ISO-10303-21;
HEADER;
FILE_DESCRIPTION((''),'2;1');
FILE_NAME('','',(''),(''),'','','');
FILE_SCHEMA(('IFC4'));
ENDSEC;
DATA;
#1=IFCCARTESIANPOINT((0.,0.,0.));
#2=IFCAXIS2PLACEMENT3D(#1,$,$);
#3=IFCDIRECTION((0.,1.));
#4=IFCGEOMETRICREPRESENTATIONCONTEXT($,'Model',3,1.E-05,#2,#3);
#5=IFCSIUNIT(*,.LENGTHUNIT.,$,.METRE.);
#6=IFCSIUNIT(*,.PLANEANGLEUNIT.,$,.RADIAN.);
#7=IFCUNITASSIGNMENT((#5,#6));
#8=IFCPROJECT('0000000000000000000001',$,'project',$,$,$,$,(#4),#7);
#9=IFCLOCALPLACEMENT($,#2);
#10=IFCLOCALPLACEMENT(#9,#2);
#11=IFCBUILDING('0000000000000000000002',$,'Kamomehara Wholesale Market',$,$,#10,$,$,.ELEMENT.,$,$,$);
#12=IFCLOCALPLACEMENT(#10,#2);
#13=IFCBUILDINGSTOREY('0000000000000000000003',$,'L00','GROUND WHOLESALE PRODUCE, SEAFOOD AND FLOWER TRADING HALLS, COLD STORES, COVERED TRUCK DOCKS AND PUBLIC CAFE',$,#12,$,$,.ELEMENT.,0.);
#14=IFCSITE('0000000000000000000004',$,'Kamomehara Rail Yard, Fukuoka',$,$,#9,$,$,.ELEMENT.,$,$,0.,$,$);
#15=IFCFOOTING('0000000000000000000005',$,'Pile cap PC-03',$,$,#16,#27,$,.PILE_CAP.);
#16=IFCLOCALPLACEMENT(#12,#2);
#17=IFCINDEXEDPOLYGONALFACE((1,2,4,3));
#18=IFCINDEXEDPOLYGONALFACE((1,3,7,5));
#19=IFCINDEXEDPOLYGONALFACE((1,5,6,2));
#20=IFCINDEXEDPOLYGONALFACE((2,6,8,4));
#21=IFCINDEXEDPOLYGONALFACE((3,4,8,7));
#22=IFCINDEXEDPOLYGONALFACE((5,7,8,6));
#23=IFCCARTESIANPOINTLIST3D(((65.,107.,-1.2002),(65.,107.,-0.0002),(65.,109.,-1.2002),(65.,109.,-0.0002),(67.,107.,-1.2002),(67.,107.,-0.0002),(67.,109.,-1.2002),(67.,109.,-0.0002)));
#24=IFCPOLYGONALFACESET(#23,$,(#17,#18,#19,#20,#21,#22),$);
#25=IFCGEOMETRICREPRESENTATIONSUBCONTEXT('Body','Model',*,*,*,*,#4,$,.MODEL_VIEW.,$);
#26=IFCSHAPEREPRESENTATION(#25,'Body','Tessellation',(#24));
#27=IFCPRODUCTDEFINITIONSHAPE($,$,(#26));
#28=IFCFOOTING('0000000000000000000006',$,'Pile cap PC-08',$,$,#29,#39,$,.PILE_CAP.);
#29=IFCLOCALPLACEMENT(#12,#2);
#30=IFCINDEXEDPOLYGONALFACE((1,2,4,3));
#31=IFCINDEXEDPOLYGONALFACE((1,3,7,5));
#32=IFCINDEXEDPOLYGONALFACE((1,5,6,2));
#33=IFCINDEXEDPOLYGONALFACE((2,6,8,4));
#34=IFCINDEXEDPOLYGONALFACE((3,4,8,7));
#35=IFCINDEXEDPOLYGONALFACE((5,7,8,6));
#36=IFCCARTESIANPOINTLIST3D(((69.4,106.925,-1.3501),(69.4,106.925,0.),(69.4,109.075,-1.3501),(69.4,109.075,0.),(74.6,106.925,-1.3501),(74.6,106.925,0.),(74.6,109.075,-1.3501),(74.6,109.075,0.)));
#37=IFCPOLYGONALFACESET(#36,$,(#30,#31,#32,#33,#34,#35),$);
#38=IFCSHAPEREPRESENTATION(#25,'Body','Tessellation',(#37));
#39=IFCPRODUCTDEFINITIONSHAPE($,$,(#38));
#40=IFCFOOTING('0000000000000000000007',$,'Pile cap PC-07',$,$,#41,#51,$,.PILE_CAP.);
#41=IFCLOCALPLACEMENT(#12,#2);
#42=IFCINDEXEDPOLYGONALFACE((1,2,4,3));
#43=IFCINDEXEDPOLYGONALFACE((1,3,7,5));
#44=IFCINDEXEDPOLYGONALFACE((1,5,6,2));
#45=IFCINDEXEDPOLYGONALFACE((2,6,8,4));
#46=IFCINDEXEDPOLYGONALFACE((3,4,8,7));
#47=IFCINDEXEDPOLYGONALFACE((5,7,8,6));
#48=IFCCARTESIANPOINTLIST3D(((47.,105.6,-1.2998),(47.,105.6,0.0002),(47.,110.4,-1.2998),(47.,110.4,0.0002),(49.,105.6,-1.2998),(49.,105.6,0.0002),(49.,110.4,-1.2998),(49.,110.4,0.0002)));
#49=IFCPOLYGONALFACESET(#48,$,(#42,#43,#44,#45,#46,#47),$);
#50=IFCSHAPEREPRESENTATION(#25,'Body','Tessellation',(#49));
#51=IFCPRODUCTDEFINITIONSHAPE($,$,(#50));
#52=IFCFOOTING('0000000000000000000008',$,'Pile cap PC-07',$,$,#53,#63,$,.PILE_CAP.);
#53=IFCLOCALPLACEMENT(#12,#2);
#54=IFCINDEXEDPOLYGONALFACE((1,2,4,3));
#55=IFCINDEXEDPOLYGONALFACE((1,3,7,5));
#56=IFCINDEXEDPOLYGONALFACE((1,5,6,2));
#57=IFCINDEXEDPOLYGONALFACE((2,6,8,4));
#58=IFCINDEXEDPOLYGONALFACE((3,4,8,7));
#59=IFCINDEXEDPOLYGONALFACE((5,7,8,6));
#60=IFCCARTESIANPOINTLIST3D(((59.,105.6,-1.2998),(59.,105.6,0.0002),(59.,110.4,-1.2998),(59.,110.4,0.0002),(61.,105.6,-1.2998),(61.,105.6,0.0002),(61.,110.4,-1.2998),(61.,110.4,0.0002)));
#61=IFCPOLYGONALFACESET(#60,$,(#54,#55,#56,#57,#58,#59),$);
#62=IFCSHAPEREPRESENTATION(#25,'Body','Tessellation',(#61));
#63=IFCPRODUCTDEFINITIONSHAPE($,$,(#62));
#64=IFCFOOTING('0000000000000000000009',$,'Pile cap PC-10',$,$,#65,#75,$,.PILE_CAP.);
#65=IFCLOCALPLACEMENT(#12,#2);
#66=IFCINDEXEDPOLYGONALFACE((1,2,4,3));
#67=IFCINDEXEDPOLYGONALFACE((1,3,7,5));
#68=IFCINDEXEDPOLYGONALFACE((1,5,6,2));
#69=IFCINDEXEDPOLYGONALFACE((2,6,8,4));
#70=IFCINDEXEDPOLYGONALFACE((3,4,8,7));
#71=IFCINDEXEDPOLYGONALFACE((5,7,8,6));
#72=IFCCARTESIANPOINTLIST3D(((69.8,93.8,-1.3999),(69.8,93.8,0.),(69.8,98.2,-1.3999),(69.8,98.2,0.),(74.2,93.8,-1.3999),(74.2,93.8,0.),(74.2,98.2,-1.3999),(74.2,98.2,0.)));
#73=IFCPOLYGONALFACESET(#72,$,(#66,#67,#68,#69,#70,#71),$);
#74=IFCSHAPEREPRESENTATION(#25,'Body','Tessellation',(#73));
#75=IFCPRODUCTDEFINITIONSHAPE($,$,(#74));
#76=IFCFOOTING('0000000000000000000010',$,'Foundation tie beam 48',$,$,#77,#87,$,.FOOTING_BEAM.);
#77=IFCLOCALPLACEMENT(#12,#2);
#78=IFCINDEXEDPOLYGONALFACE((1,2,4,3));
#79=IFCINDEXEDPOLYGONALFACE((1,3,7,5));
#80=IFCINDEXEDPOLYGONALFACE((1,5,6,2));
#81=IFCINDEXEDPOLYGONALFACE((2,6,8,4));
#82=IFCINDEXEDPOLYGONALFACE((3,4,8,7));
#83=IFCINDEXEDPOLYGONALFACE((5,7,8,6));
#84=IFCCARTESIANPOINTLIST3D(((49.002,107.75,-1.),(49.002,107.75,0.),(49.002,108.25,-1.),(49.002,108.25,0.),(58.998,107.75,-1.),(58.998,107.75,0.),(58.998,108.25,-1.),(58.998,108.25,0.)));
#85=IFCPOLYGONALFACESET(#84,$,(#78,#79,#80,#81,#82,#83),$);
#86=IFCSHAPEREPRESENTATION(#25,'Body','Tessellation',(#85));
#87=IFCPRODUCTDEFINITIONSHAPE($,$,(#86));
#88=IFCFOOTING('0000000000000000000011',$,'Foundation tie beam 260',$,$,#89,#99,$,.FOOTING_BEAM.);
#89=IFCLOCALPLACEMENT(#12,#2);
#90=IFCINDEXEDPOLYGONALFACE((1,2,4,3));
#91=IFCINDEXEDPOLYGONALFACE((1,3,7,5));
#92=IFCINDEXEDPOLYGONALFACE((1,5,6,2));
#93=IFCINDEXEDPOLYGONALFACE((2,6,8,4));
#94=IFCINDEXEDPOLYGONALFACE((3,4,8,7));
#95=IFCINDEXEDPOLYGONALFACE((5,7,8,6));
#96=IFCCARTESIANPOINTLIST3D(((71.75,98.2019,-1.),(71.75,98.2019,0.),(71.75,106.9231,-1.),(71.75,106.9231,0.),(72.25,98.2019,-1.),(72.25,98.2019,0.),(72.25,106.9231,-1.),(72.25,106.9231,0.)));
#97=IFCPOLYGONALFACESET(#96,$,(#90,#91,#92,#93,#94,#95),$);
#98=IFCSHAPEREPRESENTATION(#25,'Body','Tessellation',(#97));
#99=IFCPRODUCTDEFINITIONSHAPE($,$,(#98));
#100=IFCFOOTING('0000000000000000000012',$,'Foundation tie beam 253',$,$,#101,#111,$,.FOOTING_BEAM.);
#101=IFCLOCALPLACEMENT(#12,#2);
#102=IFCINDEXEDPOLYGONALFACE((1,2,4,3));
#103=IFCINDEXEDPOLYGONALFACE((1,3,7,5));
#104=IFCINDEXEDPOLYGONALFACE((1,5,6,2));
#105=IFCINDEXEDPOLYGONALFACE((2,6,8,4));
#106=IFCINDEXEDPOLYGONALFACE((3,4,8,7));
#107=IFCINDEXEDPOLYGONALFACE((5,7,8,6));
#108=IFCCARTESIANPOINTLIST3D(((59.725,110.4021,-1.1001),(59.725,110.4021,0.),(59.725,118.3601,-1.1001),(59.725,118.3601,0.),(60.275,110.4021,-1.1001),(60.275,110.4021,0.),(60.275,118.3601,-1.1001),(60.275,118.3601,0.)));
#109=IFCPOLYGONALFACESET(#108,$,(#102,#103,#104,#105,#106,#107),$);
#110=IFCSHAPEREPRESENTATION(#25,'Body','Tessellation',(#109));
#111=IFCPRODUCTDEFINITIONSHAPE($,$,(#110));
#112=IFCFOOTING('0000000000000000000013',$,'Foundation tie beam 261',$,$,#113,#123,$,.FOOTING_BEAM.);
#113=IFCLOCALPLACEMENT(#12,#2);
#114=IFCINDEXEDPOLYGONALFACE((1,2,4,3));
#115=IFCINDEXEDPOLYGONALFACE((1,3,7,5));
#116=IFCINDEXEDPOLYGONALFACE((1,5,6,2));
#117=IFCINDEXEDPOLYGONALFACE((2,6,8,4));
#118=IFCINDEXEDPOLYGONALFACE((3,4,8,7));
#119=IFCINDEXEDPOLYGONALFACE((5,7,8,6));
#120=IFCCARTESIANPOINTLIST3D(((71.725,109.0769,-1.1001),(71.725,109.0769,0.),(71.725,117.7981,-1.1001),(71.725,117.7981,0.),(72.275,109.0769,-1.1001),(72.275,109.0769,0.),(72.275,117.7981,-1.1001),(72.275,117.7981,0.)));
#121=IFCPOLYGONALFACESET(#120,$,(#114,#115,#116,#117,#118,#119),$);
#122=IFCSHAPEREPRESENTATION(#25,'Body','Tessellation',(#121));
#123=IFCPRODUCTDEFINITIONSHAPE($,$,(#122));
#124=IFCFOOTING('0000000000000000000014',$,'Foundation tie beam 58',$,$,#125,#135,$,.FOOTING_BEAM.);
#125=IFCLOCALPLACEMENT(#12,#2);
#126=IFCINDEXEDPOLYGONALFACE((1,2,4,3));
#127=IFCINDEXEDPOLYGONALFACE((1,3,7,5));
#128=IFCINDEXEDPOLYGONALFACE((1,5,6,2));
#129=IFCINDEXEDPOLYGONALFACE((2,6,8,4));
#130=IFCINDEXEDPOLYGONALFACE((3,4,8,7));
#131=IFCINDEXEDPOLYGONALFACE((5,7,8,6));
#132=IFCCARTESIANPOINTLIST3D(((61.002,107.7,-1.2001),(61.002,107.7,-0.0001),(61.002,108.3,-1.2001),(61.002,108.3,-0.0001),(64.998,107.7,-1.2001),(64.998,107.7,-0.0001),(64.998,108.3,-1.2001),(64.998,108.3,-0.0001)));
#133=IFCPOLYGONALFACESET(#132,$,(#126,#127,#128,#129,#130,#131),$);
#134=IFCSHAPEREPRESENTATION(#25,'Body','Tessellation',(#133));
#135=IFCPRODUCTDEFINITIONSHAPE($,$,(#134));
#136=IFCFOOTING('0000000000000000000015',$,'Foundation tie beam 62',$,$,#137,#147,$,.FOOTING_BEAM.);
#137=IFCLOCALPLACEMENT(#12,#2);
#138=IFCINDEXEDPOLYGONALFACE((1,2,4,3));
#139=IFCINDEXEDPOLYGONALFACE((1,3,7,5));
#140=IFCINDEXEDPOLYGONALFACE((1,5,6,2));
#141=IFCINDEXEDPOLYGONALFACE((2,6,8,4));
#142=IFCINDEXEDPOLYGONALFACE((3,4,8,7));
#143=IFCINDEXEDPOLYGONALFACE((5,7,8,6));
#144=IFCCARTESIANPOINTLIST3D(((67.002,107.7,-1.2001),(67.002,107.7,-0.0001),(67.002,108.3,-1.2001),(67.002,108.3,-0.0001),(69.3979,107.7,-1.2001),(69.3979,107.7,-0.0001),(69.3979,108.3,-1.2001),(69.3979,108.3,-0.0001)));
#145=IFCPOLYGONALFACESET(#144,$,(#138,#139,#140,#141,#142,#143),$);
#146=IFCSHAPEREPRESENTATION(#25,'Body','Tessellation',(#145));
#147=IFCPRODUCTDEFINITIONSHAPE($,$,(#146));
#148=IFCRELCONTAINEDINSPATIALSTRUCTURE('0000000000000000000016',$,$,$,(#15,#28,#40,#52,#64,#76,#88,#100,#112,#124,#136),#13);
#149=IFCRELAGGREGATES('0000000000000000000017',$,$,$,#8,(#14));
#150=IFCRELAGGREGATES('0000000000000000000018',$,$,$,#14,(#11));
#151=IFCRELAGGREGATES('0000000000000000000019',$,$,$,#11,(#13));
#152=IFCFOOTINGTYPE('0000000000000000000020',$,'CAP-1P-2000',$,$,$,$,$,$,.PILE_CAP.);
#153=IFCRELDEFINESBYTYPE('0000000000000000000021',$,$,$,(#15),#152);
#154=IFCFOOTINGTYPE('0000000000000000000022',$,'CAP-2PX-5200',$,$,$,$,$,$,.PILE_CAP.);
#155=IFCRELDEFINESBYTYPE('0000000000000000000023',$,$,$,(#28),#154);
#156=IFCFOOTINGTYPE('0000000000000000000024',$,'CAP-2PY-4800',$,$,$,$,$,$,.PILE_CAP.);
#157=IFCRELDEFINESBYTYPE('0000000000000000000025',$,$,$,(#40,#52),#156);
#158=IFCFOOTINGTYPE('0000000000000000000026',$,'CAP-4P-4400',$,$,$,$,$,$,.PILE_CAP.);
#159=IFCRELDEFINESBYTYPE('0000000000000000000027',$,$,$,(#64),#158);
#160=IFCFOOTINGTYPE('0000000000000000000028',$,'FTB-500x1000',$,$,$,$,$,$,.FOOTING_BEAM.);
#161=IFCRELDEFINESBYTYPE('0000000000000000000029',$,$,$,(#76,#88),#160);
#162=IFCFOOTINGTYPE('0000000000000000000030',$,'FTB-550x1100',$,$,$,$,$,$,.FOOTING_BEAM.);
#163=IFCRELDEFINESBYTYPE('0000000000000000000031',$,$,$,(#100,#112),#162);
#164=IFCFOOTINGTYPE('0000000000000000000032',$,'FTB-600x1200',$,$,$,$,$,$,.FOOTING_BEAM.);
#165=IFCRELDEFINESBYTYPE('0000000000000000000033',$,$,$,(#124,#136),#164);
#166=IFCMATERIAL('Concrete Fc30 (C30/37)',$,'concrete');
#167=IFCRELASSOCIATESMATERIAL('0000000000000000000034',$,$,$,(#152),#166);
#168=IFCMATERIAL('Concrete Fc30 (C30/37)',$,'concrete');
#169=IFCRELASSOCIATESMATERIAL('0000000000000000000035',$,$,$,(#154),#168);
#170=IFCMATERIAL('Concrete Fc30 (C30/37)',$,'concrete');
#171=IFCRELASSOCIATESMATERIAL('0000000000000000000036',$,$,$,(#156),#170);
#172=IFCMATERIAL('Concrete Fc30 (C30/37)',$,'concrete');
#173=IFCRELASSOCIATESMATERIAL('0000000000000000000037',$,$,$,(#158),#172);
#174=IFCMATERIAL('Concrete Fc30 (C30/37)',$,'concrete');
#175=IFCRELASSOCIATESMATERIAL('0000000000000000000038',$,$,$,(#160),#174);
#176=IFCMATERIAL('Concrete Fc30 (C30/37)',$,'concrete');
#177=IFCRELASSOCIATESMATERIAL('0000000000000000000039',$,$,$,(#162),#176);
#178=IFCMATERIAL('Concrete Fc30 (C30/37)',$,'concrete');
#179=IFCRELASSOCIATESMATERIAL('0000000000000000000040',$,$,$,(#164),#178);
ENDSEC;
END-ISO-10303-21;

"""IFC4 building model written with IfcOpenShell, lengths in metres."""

from ifc_helpers import new_model, si_unit, direction, frame, origin, origin_2d, place, context, subcontext, project, spatial, rectangle, extrude, material, material_profile, profile_set, type_object, element, save


model = new_model("IFC4")

# Units and contexts
model_context = context("Model", 3, precision=1e-05, world=origin(), true_north=direction((0.0, 1.0)))
body_context = subcontext(model_context, "Body", "Model", "MODEL_VIEW")
ifc_project = project(units=[si_unit("LENGTHUNIT", "METRE"), si_unit("PLANEANGLEUNIT", "RADIAN")], contexts=[model_context])

# Site, building, storey
site_placement = place(None, origin())
site = spatial("IfcSite", under=ifc_project, at=site_placement, Name="Kamomehara Rail Yard, Fukuoka", CompositionType="ELEMENT", RefElevation=0.0)
building_placement = place(site_placement, origin())
building = spatial("IfcBuilding", under=site, at=building_placement, Name="Kamomehara Wholesale Market", CompositionType="ELEMENT")
storey_placement = place(building_placement, origin())
storey = spatial("IfcBuildingStorey", under=building, at=storey_placement, Name="L00", Description="GROUND WHOLESALE PRODUCE, SEAFOOD AND FLOWER TRADING HALLS, COLD STORES, COVERED TRUCK DOCKS AND PUBLIC CAFE", CompositionType="ELEMENT", Elevation=0.0)

# Footings
ifc_material_1 = material(Name="Concrete Fc30 (C30/37)", Category="concrete")
footing_type_1 = type_object("IfcFootingType", Name="CAP-1P-2000", PredefinedType="PILE_CAP", material=ifc_material_1)
footing_1_placement = place(storey_placement, frame((66.0, 108.0, -1.2002), z_axis=(0.0, 0.0, 1.0), x_axis=(1.0, 0.0, 0.0)))
element("IfcFooting", 1, at=footing_1_placement, inside=storey, type_object=footing_type_1, Name="Pile cap PC-03", PredefinedType="PILE_CAP", context=body_context, shape_type="SweptSolid", body=[
    extrude(rectangle(XDim=2.0, YDim=2.0, at=origin_2d()), origin(), (0.0, 0.0, 1.0), 1.2),
])
ifc_material_2 = material(Name="Concrete Fc30 (C30/37)", Category="concrete")
footing_type_2 = type_object("IfcFootingType", Name="CAP-2PX-5200", PredefinedType="PILE_CAP", material=ifc_material_2)
footing_2_placement = place(storey_placement, frame((72.0, 108.0, -1.3501), z_axis=(0.0, 0.0, 1.0), x_axis=(1.0, 0.0, 0.0)))
element("IfcFooting", 2, at=footing_2_placement, inside=storey, type_object=footing_type_2, Name="Pile cap PC-08", PredefinedType="PILE_CAP", context=body_context, shape_type="SweptSolid", body=[
    extrude(rectangle(XDim=5.2, YDim=2.1499, at=origin_2d()), origin(), (0.0, 0.0, 1.0), 1.3501),
])
ifc_material_3 = material(Name="Concrete Fc30 (C30/37)", Category="concrete")
footing_type_3 = type_object("IfcFootingType", Name="CAP-2PY-4800", PredefinedType="PILE_CAP", material=ifc_material_3)
for number, where, z_axis, x_axis, name in (
    (3, (48.0, 108.0, -1.2998), (0.0, 0.0, 1.0), (1.0, 0.0, 0.0), "Pile cap PC-07"),
    (4, (60.0, 108.0, -1.2998), (0.0, 0.0, 1.0), (1.0, 0.0, 0.0), "Pile cap PC-07"),
):
    element("IfcFooting", number, at=place(storey_placement, frame(where, z_axis=z_axis, x_axis=x_axis)), inside=storey, type_object=footing_type_3, Name=name, PredefinedType="PILE_CAP", context=body_context, shape_type="SweptSolid", body=[
        extrude(rectangle(XDim=2.0, YDim=4.8, at=origin_2d()), origin(), (0.0, 0.0, 1.0), 1.3),
    ])
ifc_material_4 = material(Name="Concrete Fc30 (C30/37)", Category="concrete")
footing_type_4 = type_object("IfcFootingType", Name="CAP-4P-4400", PredefinedType="PILE_CAP", material=ifc_material_4)
footing_3_placement = place(storey_placement, frame((72.0, 96.0, -1.3999), z_axis=(0.0, 0.0, 1.0), x_axis=(1.0, 0.0, 0.0)))
element("IfcFooting", 5, at=footing_3_placement, inside=storey, type_object=footing_type_4, Name="Pile cap PC-10", PredefinedType="PILE_CAP", context=body_context, shape_type="SweptSolid", body=[
    extrude(rectangle(XDim=4.3999, YDim=4.3999, at=origin_2d()), origin(), (0.0, 0.0, 1.0), 1.3999),
])
ifc_material_5 = material(Name="Concrete Fc30 (C30/37)", Category="concrete")
ifc_material_profile_1 = material_profile(ifc_material_5, rectangle(XDim=0.5, YDim=1.0, at=origin_2d()), Name="RC-FTB-500x1000")
ifc_profile_set_1 = profile_set([ifc_material_profile_1], Name="Concrete Fc30 (C30/37)")
footing_type_5 = type_object("IfcFootingType", Name="FTB-500x1000", PredefinedType="FOOTING_BEAM", material=ifc_profile_set_1)
footing_4_placement = place(storey_placement, frame((49.002, 108.0, -0.5), z_axis=(1.0, 0.0, 0.0), x_axis=(0.0, 1.0, 0.0)))
element("IfcFooting", 6, at=footing_4_placement, inside=storey, type_object=footing_type_5, Name="Foundation tie beam 48", PredefinedType="FOOTING_BEAM", context=body_context, shape_type="SweptSolid", body=[
    extrude(rectangle(XDim=0.5, YDim=1.0, at=origin_2d()), origin(), (0.0, 0.0, 1.0), 9.9961),
])
footing_5_placement = place(storey_placement, frame((72.0, 98.2019, -0.5), z_axis=(0.0, 1.0, 0.0), x_axis=(-1.0, 0.0, 0.0)))
element("IfcFooting", 7, at=footing_5_placement, inside=storey, type_object=footing_type_5, Name="Foundation tie beam 260", PredefinedType="FOOTING_BEAM", context=body_context, shape_type="SweptSolid", body=[
    extrude(rectangle(XDim=0.5, YDim=1.0, at=origin_2d()), origin(), (0.0, 0.0, 1.0), 8.7212),
])
ifc_material_6 = material(Name="Concrete Fc30 (C30/37)", Category="concrete")
ifc_material_profile_2 = material_profile(ifc_material_6, rectangle(XDim=0.55, YDim=1.1001, at=origin_2d()), Name="RC-FTB-550x1100")
ifc_profile_set_2 = profile_set([ifc_material_profile_2], Name="Concrete Fc30 (C30/37)")
footing_type_6 = type_object("IfcFootingType", Name="FTB-550x1100", PredefinedType="FOOTING_BEAM", material=ifc_profile_set_2)
footing_6_placement = place(storey_placement, frame((60.0, 110.4021, -0.55), z_axis=(0.0, 1.0, 0.0), x_axis=(-1.0, 0.0, 0.0)))
element("IfcFooting", 8, at=footing_6_placement, inside=storey, type_object=footing_type_6, Name="Foundation tie beam 253", PredefinedType="FOOTING_BEAM", context=body_context, shape_type="SweptSolid", body=[
    extrude(rectangle(XDim=0.55, YDim=1.1001, at=origin_2d()), origin(), (0.0, 0.0, 1.0), 7.958),
])
footing_7_placement = place(storey_placement, frame((72.0, 109.0769, -0.55), z_axis=(0.0, 1.0, 0.0), x_axis=(-1.0, 0.0, 0.0)))
element("IfcFooting", 9, at=footing_7_placement, inside=storey, type_object=footing_type_6, Name="Foundation tie beam 261", PredefinedType="FOOTING_BEAM", context=body_context, shape_type="SweptSolid", body=[
    extrude(rectangle(XDim=0.55, YDim=1.1001, at=origin_2d()), origin(), (0.0, 0.0, 1.0), 8.7212),
])
ifc_material_7 = material(Name="Concrete Fc30 (C30/37)", Category="concrete")
ifc_material_profile_3 = material_profile(ifc_material_7, rectangle(XDim=0.6001, YDim=1.2, at=origin_2d()), Name="RC-FTB-600x1200")
ifc_profile_set_3 = profile_set([ifc_material_profile_3], Name="Concrete Fc30 (C30/37)")
footing_type_7 = type_object("IfcFootingType", Name="FTB-600x1200", PredefinedType="FOOTING_BEAM", material=ifc_profile_set_3)
footing_8_placement = place(storey_placement, frame((61.002, 108.0, -0.6001), z_axis=(1.0, 0.0, 0.0), x_axis=(0.0, 1.0, 0.0)))
element("IfcFooting", 10, at=footing_8_placement, inside=storey, type_object=footing_type_7, Name="Foundation tie beam 58", PredefinedType="FOOTING_BEAM", context=body_context, shape_type="SweptSolid", body=[
    extrude(rectangle(XDim=0.6001, YDim=1.2, at=origin_2d()), origin(), (0.0, 0.0, 1.0), 3.9961),
])
footing_9_placement = place(storey_placement, frame((67.002, 108.0, -0.6001), z_axis=(1.0, 0.0, 0.0), x_axis=(0.0, 1.0, 0.0)))
element("IfcFooting", 11, at=footing_9_placement, inside=storey, type_object=footing_type_7, Name="Foundation tie beam 62", PredefinedType="FOOTING_BEAM", context=body_context, shape_type="SweptSolid", body=[
    extrude(rectangle(XDim=0.6001, YDim=1.2, at=origin_2d()), origin(), (0.0, 0.0, 1.0), 2.396),
])

save(model, "model.ifc")
